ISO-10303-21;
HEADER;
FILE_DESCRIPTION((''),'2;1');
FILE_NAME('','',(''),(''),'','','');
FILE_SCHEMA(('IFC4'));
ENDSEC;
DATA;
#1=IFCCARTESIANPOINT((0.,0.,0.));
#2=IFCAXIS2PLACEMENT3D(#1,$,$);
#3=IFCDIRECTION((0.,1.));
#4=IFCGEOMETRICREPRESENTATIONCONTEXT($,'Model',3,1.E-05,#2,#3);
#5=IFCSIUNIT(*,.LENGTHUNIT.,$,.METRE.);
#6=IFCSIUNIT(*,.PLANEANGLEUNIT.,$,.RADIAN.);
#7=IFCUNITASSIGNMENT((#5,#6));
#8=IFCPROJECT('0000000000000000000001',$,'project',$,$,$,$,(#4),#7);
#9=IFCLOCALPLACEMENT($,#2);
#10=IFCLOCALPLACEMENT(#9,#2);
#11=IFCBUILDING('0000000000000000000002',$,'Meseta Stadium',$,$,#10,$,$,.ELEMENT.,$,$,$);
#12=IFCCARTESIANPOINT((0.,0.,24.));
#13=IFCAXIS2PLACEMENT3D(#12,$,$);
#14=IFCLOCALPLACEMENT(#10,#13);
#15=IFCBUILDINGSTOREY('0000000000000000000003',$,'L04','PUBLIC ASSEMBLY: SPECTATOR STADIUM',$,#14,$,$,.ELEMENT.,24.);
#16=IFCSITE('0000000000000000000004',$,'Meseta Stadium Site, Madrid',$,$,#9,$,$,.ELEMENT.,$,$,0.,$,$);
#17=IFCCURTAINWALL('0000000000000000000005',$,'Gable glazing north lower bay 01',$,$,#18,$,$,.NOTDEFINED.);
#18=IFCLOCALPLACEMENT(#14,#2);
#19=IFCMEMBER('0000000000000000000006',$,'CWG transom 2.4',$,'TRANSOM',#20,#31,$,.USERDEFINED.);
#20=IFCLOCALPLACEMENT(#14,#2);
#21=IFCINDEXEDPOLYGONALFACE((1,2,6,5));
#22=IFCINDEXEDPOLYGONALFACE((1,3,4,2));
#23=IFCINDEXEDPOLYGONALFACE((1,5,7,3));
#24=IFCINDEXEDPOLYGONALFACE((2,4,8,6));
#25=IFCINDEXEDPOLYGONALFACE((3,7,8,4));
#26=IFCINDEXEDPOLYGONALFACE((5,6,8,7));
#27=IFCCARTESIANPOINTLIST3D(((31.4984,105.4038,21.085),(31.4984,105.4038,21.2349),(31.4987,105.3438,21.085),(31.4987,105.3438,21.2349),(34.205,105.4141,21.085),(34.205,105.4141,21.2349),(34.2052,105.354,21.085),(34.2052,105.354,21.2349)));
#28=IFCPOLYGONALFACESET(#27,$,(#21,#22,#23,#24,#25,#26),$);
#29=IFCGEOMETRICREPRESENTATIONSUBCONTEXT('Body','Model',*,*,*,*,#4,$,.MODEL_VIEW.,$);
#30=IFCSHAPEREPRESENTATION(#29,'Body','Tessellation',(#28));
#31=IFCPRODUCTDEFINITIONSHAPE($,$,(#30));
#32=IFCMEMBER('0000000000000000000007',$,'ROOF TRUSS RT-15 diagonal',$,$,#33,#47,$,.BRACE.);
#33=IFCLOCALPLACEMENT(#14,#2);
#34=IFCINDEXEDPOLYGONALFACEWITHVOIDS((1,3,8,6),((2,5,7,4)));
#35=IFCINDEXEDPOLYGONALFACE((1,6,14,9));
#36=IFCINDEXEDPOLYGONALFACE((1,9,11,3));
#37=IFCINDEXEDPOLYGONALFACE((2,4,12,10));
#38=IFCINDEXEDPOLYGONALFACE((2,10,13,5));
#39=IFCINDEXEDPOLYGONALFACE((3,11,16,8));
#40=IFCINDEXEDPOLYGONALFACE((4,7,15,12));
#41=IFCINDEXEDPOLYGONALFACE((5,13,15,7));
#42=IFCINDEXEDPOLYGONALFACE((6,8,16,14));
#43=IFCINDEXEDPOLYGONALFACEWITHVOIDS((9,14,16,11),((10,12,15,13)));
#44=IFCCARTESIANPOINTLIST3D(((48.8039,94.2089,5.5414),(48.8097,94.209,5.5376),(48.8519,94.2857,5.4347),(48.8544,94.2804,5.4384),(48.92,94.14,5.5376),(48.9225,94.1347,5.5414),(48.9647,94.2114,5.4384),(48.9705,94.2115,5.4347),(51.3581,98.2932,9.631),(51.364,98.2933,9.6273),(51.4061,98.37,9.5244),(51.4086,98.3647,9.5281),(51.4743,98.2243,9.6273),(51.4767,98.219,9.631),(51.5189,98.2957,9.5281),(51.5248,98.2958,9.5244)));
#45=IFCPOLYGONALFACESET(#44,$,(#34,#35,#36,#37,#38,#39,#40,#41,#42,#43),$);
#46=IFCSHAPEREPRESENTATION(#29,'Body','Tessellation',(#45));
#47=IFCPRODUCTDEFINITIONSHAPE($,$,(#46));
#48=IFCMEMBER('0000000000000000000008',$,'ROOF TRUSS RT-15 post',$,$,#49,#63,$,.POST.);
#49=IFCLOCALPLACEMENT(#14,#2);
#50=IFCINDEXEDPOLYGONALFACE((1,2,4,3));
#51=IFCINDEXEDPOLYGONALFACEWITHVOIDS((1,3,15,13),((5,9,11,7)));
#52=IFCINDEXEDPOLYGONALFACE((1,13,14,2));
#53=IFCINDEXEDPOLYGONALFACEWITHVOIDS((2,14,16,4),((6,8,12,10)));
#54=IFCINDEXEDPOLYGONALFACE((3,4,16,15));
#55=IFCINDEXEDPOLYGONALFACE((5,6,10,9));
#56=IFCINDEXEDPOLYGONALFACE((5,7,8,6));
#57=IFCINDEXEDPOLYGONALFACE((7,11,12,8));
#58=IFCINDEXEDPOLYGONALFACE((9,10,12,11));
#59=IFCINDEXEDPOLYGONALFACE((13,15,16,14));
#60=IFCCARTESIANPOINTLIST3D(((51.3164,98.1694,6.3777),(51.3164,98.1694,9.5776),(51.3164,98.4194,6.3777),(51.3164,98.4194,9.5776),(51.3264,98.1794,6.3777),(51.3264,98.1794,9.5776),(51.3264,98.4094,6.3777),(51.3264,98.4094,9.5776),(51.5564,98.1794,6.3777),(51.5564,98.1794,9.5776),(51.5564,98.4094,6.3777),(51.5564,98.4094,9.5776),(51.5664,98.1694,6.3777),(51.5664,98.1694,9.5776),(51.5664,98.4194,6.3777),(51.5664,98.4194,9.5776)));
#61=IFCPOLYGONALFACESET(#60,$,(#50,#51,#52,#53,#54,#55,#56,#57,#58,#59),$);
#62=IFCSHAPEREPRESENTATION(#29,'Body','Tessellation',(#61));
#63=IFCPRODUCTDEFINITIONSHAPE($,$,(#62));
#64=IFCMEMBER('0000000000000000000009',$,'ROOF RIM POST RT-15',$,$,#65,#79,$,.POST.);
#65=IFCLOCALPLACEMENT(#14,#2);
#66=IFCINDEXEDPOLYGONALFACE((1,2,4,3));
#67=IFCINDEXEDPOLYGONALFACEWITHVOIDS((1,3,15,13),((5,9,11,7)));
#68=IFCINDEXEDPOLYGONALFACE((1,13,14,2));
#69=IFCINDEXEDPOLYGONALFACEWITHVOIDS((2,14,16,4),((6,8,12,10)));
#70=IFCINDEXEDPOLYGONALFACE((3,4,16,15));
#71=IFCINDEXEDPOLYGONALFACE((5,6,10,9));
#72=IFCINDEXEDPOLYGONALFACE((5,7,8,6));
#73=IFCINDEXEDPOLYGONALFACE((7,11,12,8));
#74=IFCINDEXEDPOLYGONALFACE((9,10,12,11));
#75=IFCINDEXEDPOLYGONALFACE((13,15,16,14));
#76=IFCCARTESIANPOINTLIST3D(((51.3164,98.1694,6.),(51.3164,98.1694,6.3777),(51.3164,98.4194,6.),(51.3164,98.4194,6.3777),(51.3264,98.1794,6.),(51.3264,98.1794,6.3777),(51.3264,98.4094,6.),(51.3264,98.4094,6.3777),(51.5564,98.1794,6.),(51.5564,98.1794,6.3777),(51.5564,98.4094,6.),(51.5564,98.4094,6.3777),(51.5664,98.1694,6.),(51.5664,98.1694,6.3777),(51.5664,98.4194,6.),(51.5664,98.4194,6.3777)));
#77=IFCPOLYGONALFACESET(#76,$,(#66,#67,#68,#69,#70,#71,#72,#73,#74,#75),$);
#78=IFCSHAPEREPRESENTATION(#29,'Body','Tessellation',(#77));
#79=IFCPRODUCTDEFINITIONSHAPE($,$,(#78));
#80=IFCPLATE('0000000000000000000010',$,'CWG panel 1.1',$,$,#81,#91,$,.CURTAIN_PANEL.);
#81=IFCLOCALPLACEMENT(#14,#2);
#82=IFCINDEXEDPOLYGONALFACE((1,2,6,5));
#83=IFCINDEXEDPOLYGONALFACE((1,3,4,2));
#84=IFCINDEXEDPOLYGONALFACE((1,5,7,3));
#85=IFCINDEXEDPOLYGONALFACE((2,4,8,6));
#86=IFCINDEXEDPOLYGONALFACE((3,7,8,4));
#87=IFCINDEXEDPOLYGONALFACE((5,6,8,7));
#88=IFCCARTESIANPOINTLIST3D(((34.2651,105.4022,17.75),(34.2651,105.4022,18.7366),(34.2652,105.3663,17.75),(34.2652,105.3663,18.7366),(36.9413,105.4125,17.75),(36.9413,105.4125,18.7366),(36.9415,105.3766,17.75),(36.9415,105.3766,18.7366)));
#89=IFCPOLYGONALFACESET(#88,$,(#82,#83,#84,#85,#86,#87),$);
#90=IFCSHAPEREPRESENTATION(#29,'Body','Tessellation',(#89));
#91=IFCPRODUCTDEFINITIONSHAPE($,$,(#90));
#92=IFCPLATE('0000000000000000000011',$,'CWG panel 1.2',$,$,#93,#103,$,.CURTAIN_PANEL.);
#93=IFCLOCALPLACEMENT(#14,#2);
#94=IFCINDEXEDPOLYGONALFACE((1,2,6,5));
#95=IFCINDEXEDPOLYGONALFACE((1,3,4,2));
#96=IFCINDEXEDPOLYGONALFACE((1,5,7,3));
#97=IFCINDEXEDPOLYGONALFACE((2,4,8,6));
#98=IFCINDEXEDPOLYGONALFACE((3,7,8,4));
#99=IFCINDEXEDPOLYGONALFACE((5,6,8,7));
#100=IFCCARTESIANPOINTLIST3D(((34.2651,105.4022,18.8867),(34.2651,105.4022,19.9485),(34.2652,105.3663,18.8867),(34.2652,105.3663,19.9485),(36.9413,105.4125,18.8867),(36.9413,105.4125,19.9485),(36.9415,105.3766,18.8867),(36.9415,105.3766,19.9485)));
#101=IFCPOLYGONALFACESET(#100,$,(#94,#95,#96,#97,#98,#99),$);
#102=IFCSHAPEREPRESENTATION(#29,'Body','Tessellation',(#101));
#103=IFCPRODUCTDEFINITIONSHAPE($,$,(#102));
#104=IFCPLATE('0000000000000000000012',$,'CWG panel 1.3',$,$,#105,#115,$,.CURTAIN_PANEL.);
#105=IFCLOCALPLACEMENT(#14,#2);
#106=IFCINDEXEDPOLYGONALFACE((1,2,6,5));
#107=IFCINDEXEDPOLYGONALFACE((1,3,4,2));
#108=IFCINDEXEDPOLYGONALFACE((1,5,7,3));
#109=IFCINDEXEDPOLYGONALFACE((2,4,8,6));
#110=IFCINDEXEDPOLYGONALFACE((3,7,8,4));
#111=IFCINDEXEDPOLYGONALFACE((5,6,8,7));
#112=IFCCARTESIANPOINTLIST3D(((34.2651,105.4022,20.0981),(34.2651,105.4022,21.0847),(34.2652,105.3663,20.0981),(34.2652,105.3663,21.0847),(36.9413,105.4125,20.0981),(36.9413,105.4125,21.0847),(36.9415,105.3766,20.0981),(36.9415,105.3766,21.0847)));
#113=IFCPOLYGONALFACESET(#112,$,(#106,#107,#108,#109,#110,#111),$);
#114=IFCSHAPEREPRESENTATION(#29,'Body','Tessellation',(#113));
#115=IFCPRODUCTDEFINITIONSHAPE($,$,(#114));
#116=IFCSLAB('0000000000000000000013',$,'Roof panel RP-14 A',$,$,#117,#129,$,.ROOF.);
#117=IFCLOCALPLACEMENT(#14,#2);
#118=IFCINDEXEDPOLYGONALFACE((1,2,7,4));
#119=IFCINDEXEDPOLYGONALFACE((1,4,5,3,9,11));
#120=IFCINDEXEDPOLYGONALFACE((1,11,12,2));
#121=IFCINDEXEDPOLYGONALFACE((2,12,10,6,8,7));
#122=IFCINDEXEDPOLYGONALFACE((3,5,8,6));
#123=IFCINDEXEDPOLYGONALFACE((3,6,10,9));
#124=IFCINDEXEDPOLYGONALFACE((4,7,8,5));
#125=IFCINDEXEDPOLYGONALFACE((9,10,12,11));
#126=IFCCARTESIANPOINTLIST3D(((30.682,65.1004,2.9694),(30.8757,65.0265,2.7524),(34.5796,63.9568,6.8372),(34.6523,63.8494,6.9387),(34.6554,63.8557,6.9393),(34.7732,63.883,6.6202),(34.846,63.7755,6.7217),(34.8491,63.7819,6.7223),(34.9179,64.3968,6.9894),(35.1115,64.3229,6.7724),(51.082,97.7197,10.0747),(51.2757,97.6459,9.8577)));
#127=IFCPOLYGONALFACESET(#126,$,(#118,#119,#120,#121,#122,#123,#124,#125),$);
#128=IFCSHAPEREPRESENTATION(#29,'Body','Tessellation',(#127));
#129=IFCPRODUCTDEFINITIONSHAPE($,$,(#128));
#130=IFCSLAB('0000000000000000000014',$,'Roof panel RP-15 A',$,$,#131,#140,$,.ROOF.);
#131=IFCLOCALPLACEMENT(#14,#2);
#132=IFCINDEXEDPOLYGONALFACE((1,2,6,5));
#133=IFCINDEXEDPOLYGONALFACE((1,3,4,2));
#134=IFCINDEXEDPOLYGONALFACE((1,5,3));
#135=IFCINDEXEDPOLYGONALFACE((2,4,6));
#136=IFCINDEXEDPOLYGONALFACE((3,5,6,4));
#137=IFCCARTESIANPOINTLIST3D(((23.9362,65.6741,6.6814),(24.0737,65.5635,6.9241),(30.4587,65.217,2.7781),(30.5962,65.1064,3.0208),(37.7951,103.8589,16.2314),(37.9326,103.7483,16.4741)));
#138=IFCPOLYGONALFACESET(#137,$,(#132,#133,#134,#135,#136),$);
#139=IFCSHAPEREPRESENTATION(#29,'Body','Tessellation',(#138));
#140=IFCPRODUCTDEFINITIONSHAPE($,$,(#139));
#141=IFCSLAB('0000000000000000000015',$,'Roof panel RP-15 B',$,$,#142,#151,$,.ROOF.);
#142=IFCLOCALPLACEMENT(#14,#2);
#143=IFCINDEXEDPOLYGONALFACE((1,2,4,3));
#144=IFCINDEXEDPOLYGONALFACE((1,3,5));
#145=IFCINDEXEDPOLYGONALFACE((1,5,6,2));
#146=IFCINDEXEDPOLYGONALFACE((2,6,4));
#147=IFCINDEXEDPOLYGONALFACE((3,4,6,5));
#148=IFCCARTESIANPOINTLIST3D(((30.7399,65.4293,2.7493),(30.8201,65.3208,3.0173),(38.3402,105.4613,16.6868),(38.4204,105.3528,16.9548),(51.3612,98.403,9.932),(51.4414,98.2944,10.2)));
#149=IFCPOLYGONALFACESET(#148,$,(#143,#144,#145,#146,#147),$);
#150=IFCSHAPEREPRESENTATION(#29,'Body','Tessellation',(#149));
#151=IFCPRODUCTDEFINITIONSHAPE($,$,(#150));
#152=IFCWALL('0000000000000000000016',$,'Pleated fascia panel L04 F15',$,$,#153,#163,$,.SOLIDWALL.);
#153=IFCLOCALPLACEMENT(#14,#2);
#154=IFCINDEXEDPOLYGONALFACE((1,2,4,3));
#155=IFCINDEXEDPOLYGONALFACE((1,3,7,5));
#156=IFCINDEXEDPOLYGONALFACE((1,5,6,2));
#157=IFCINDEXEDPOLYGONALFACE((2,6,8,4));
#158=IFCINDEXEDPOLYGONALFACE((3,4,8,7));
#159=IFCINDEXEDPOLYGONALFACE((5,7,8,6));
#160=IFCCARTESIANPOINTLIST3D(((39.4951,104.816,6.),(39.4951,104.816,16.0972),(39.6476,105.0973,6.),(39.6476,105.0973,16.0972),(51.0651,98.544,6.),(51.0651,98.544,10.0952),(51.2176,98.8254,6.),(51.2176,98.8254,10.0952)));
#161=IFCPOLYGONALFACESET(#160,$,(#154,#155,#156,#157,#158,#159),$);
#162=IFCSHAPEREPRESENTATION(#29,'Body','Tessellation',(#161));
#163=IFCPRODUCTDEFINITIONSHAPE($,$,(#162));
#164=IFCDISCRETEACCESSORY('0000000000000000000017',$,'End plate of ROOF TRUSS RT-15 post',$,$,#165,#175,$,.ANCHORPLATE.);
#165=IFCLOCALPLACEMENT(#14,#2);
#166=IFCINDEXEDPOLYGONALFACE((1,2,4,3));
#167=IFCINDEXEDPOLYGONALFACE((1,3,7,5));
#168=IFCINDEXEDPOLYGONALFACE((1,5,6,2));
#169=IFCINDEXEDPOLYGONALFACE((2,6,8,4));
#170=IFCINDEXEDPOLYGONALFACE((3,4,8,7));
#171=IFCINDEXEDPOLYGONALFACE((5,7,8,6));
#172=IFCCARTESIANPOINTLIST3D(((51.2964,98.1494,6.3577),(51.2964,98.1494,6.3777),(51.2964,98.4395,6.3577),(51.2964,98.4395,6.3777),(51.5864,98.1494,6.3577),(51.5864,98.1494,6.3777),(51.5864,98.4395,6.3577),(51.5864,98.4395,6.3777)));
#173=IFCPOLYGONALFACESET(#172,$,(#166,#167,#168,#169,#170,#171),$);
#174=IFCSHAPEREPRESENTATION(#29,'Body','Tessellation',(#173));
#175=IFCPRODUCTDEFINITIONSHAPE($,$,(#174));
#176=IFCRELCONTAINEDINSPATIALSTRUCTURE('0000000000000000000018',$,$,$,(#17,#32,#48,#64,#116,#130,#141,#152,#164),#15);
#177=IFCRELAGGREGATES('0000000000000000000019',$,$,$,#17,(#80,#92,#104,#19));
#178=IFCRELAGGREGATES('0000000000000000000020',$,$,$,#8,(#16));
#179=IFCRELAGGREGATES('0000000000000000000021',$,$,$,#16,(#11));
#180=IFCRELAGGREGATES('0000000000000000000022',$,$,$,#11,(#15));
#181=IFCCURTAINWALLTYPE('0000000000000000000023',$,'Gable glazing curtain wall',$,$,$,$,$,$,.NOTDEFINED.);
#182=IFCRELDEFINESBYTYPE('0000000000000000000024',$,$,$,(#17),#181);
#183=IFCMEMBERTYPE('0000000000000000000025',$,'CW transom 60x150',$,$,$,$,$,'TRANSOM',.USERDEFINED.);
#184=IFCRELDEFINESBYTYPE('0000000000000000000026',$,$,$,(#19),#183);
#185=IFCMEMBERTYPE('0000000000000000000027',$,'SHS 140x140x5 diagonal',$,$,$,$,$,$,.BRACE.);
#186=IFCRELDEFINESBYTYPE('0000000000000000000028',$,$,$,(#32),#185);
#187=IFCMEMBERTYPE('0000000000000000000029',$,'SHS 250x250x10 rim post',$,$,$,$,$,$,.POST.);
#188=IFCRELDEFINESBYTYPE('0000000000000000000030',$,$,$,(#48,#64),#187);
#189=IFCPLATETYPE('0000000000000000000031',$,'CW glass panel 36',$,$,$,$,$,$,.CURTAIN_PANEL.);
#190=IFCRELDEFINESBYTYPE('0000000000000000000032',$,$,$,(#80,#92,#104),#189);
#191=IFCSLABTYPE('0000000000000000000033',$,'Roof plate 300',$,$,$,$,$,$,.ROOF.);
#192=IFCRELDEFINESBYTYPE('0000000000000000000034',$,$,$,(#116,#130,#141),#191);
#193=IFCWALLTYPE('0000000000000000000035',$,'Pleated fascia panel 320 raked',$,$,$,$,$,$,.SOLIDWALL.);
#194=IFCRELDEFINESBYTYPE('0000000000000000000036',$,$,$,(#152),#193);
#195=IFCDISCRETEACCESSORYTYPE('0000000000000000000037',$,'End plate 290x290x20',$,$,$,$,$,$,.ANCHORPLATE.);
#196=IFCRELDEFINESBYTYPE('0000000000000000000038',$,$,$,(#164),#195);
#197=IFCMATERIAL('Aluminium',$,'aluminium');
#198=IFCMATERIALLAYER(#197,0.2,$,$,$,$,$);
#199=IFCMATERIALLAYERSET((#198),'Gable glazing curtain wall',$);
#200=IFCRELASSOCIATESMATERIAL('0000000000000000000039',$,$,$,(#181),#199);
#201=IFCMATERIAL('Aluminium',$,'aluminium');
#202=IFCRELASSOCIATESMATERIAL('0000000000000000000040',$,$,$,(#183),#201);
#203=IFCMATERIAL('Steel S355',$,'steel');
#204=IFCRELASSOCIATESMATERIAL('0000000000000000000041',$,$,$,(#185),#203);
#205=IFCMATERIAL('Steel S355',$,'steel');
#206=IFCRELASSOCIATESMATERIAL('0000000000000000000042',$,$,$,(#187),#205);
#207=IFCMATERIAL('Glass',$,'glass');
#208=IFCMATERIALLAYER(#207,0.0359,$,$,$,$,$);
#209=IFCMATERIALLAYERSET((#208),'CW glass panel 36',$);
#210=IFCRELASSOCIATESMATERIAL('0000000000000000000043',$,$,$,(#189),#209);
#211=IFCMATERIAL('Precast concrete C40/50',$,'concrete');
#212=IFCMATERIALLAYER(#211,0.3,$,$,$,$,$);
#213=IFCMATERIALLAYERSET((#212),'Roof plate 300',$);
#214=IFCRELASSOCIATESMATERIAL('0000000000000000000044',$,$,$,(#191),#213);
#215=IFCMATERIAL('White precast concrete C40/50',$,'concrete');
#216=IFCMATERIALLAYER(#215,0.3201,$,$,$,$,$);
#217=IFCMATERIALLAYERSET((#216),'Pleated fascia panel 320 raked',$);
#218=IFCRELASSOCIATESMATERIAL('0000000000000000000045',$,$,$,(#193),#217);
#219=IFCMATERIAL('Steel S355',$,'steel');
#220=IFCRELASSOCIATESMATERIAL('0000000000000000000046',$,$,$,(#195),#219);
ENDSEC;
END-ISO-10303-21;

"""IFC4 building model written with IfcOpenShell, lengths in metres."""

from ifc_helpers import new_model, si_unit, direction, frame, origin, origin_2d, place, context, subcontext, project, spatial, polyline, rectangle, hollow_rectangle, outline, extrude, material, layer, layer_set, material_profile, profile_set, type_object, element, aggregate, save


model = new_model("IFC4")

# Units and contexts
model_context = context("Model", 3, precision=1e-05, world=origin(), true_north=direction((0.0, 1.0)))
body_context = subcontext(model_context, "Body", "Model", "MODEL_VIEW")
ifc_project = project(units=[si_unit("LENGTHUNIT", "METRE"), si_unit("PLANEANGLEUNIT", "RADIAN")], contexts=[model_context])

# Site, building, storey
site_placement = place(None, origin())
site = spatial("IfcSite", under=ifc_project, at=site_placement, Name="Meseta Stadium Site, Madrid", CompositionType="ELEMENT", RefElevation=0.0)
building_placement = place(site_placement, origin())
building = spatial("IfcBuilding", under=site, at=building_placement, Name="Meseta Stadium", CompositionType="ELEMENT")
storey_placement = place(building_placement, frame((0.0, 0.0, 24.0)))
storey = spatial("IfcBuildingStorey", under=building, at=storey_placement, Name="L04", Description="PUBLIC ASSEMBLY: SPECTATOR STADIUM", CompositionType="ELEMENT", Elevation=24.0)

# Curtain wall, member
ifc_material_1 = material(Name="Aluminium", Category="aluminium")
ifc_layer_1 = layer(ifc_material_1, 0.2)
ifc_layer_set_1 = layer_set([ifc_layer_1], Name="Gable glazing curtain wall")
curtain_wall_type = type_object("IfcCurtainWallType", Name="Gable glazing curtain wall", PredefinedType="NOTDEFINED", material=ifc_layer_set_1)
curtain_wall_placement = place(storey_placement, origin())
curtain_wall = element("IfcCurtainWall", 1, at=curtain_wall_placement, inside=storey, type_object=curtain_wall_type, Name="Gable glazing north lower bay 01", PredefinedType="NOTDEFINED")
ifc_material_2 = material(Name="Aluminium", Category="aluminium")
ifc_material_profile_1 = material_profile(ifc_material_2, rectangle(XDim=0.0601, YDim=0.1499, at=origin_2d()), Name="CW 60x150")
ifc_profile_set_1 = profile_set([ifc_material_profile_1], Name="Aluminium")
member_type_1 = type_object("IfcMemberType", Name="CW transom 60x150", ElementType="TRANSOM", PredefinedType="USERDEFINED", material=ifc_profile_set_1)
member_1_placement = place(storey_placement, frame((34.2051, 105.384, 21.1599), z_axis=(-0.999993, -0.003789, 0.0), x_axis=(0.003789, -0.999993, 0.0)))
member_1 = element("IfcMember", 2, at=member_1_placement, type_object=member_type_1, Name="CWG transom 2.4", ObjectType="TRANSOM", PredefinedType="USERDEFINED", context=body_context, shape_type="SweptSolid", body=[
    extrude(rectangle(XDim=0.0601, YDim=0.1499, at=origin_2d()), origin(), (0.0, 0.0, 1.0), 2.7065),
])

# Members
ifc_material_3 = material(Name="Steel S355", Category="steel")
ifc_material_profile_2 = material_profile(ifc_material_3, hollow_rectangle(XDim=0.1399, YDim=0.1399, WallThickness=0.0049, at=origin_2d()), Name="SHS 140x140x5")
ifc_profile_set_2 = profile_set([ifc_material_profile_2], Name="Steel S355")
member_type_2 = type_object("IfcMemberType", Name="SHS 140x140x5 diagonal", PredefinedType="BRACE", material=ifc_profile_set_2)
member_2_placement = place(storey_placement, frame((48.8872, 94.2102, 5.488), z_axis=(0.40421, 0.646342, 0.647192), x_axis=(-0.847853, 0.530231, 0.0)))
element("IfcMember", 3, at=member_2_placement, inside=storey, type_object=member_type_2, Name="ROOF TRUSS RT-15 diagonal", PredefinedType="BRACE", context=body_context, shape_type="SweptSolid", body=[
    extrude(hollow_rectangle(XDim=0.1399, YDim=0.1399, WallThickness=0.0049, at=origin_2d()), origin(), (0.0, 0.0, 1.0), 6.3191),
])
ifc_material_4 = material(Name="Steel S355", Category="steel")
ifc_material_profile_3 = material_profile(ifc_material_4, hollow_rectangle(XDim=0.25, YDim=0.25, WallThickness=0.01, at=origin_2d()), Name="SHS 250x250x10")
ifc_profile_set_3 = profile_set([ifc_material_profile_3], Name="Steel S355")
member_type_3 = type_object("IfcMemberType", Name="SHS 250x250x10 rim post", PredefinedType="POST", material=ifc_profile_set_3)
member_3_placement = place(storey_placement, frame((51.4414, 98.2944, 6.3777), z_axis=(0.0, 0.0, 1.0), x_axis=(1.0, 0.0, 0.0)))
element("IfcMember", 4, at=member_3_placement, inside=storey, type_object=member_type_3, Name="ROOF TRUSS RT-15 post", PredefinedType="POST", context=body_context, shape_type="SweptSolid", body=[
    extrude(hollow_rectangle(XDim=0.25, YDim=0.25, WallThickness=0.01, at=origin_2d()), origin(), (0.0, 0.0, 1.0), 3.2),
])
member_4_placement = place(storey_placement, frame((51.4414, 98.2944, 6.0), z_axis=(0.0, 0.0, 1.0), x_axis=(1.0, 0.0, 0.0)))
element("IfcMember", 5, at=member_4_placement, inside=storey, type_object=member_type_3, Name="ROOF RIM POST RT-15", PredefinedType="POST", context=body_context, shape_type="SweptSolid", body=[
    extrude(hollow_rectangle(XDim=0.25, YDim=0.25, WallThickness=0.01, at=origin_2d()), origin(), (0.0, 0.0, 1.0), 0.3777),
])

# Plates
ifc_material_5 = material(Name="Glass", Category="glass")
ifc_layer_2 = layer(ifc_material_5, 0.0359)
ifc_layer_set_2 = layer_set([ifc_layer_2], Name="CW glass panel 36")
plate_type = type_object("IfcPlateType", Name="CW glass panel 36", PredefinedType="CURTAIN_PANEL", material=ifc_layer_set_2)
plate_1_placement = place(storey_placement, frame((35.6033, 105.3894, 17.75), z_axis=(0.0, 0.0, 1.0), x_axis=(-0.999993, -0.003848, 0.0)))
plate_1 = element("IfcPlate", 6, at=plate_1_placement, type_object=plate_type, Name="CWG panel 1.1", PredefinedType="CURTAIN_PANEL", context=body_context, shape_type="SweptSolid", body=[
    extrude(rectangle(XDim=2.6763, YDim=0.0359, at=origin_2d()), origin(), (0.0, 0.0, 1.0), 0.9866),
])
plate_2_placement = place(storey_placement, frame((35.6033, 105.3894, 18.8867), z_axis=(0.0, 0.0, 1.0), x_axis=(-0.999993, -0.003848, 0.0)))
plate_2 = element("IfcPlate", 7, at=plate_2_placement, type_object=plate_type, Name="CWG panel 1.2", PredefinedType="CURTAIN_PANEL", context=body_context, shape_type="SweptSolid", body=[
    extrude(rectangle(XDim=2.6763, YDim=0.0359, at=origin_2d()), origin(), (0.0, 0.0, 1.0), 1.0618),
])
plate_3_placement = place(storey_placement, frame((35.6033, 105.3894, 20.0981), z_axis=(0.0, 0.0, 1.0), x_axis=(-0.999993, -0.003848, 0.0)))
plate_3 = element("IfcPlate", 8, at=plate_3_placement, type_object=plate_type, Name="CWG panel 1.3", PredefinedType="CURTAIN_PANEL", context=body_context, shape_type="SweptSolid", body=[
    extrude(rectangle(XDim=2.6763, YDim=0.0359, at=origin_2d()), origin(), (0.0, 0.0, 1.0), 0.9866),
])
aggregate(curtain_wall, [plate_1, plate_2, plate_3, member_1])

# Slabs
ifc_material_6 = material(Name="Precast concrete C40/50", Category="concrete")
ifc_layer_3 = layer(ifc_material_6, 0.3)
ifc_layer_set_3 = layer_set([ifc_layer_3], Name="Roof plate 300")
slab_type = type_object("IfcSlabType", Name="Roof plate 300", PredefinedType="ROOF", material=ifc_layer_set_3)
slab_1_placement = place(storey_placement, frame((51.082, 97.7197, 10.0747), z_axis=(-0.645392, 0.246112, 0.723117), x_axis=(-0.521423, -0.833748, -0.181612)))
element("IfcSlab", 9, at=slab_1_placement, inside=storey, type_object=slab_type, Name="Roof panel RP-14 A", PredefinedType="ROOF", context=body_context, shape_type="SweptSolid", body=[
    extrude(outline(polyline([(0.0, 0.0), (39.1238, 0.0), (37.3757, 5.4798), (37.3686, 5.4788), (37.3425, 5.3184), (36.7716, 5.3912), (0.0, 0.0)])), origin(), (0.0, 0.0, -1.0), 0.3),
])
slab_2_placement = place(storey_placement, frame((37.9326, 103.7483, 16.4741), z_axis=(0.458206, -0.368589, 0.80882), x_axis=(-0.176487, -0.929576, -0.323637)))
element("IfcSlab", 10, at=slab_2_placement, inside=storey, type_object=slab_type, Name="Roof panel RP-15 A", PredefinedType="ROOF", context=body_context, shape_type="SweptSolid", body=[
    extrude(outline(polyline([(0.0, 0.0), (41.5693, 0.0), (41.0323, -7.596), (0.0, 0.0)])), origin(), (0.0, 0.0, -1.0), 0.3),
])
slab_3_placement = place(storey_placement, frame((51.4414, 98.2944, 10.2), z_axis=(0.267272, -0.361705, 0.89316), x_axis=(-0.521418, -0.83375, -0.181615)))
element("IfcSlab", 11, at=slab_3_placement, inside=storey, type_object=slab_type, Name="Roof panel RP-15 B", PredefinedType="ROOF", context=body_context, shape_type="SweptSolid", body=[
    extrude(outline(polyline([(0.0, 0.0), (39.5486, 0.0), (-0.3223, -16.2755), (0.0, 0.0)])), origin(), (0.0, 0.0, -1.0), 0.3),
])

# Wall
ifc_material_7 = material(Name="White precast concrete C40/50", Category="concrete")
ifc_layer_4 = layer(ifc_material_7, 0.3201)
ifc_layer_set_4 = layer_set([ifc_layer_4], Name="Pleated fascia panel 320 raked")
wall_type = type_object("IfcWallType", Name="Pleated fascia panel 320 raked", PredefinedType="SOLIDWALL", material=ifc_layer_set_4)
wall_placement = place(storey_placement, frame((39.5713, 104.9565, 6.0), z_axis=(0.0, 0.0, 1.0), x_axis=(0.879138, -0.476568, 0.0)))
element("IfcWall", 12, at=wall_placement, inside=storey, type_object=wall_type, Name="Pleated fascia panel L04 F15", PredefinedType="SOLIDWALL", context=body_context, shape_type="SweptSolid", body=[
    extrude(outline(polyline([(0.0, 0.0), (13.1606, 0.0), (13.1606, 4.0952), (0.0, 10.0972), (0.0, 0.0)])), frame((0.0, 0.1602, 0.0), z_axis=(0.0, -1.0, 0.0), x_axis=(1.0, 0.0, 0.0)), (0.0, 0.0, 1.0), 0.3201),
])

# Discrete accessory
ifc_material_8 = material(Name="Steel S355", Category="steel")
ifc_material_profile_4 = material_profile(ifc_material_8, rectangle(XDim=0.29, YDim=0.29, at=origin_2d()), Name="PL 290x290")
ifc_profile_set_4 = profile_set([ifc_material_profile_4], Name="Steel S355")
discrete_accessory_type_1 = type_object("IfcDiscreteAccessoryType", Name="End plate 290x290x20", PredefinedType="ANCHORPLATE", material=ifc_profile_set_4)
for number, where, z_axis, x_axis, name in (
    (13, (51.4414, 98.2944, 6.3577), (0.0, 0.0, 1.0), (1.0, 0.0, 0.0), "End plate of ROOF TRUSS RT-15 post"),
):
    element("IfcDiscreteAccessory", number, at=place(storey_placement, frame(where, z_axis=z_axis, x_axis=x_axis)), inside=storey, type_object=discrete_accessory_type_1, Name=name, PredefinedType="ANCHORPLATE", context=body_context, shape_type="SweptSolid", body=[
        extrude(rectangle(XDim=0.29, YDim=0.29, at=origin_2d()), origin(), (0.0, 0.0, 1.0), 0.02),
    ])

save(model, "model.ifc")
